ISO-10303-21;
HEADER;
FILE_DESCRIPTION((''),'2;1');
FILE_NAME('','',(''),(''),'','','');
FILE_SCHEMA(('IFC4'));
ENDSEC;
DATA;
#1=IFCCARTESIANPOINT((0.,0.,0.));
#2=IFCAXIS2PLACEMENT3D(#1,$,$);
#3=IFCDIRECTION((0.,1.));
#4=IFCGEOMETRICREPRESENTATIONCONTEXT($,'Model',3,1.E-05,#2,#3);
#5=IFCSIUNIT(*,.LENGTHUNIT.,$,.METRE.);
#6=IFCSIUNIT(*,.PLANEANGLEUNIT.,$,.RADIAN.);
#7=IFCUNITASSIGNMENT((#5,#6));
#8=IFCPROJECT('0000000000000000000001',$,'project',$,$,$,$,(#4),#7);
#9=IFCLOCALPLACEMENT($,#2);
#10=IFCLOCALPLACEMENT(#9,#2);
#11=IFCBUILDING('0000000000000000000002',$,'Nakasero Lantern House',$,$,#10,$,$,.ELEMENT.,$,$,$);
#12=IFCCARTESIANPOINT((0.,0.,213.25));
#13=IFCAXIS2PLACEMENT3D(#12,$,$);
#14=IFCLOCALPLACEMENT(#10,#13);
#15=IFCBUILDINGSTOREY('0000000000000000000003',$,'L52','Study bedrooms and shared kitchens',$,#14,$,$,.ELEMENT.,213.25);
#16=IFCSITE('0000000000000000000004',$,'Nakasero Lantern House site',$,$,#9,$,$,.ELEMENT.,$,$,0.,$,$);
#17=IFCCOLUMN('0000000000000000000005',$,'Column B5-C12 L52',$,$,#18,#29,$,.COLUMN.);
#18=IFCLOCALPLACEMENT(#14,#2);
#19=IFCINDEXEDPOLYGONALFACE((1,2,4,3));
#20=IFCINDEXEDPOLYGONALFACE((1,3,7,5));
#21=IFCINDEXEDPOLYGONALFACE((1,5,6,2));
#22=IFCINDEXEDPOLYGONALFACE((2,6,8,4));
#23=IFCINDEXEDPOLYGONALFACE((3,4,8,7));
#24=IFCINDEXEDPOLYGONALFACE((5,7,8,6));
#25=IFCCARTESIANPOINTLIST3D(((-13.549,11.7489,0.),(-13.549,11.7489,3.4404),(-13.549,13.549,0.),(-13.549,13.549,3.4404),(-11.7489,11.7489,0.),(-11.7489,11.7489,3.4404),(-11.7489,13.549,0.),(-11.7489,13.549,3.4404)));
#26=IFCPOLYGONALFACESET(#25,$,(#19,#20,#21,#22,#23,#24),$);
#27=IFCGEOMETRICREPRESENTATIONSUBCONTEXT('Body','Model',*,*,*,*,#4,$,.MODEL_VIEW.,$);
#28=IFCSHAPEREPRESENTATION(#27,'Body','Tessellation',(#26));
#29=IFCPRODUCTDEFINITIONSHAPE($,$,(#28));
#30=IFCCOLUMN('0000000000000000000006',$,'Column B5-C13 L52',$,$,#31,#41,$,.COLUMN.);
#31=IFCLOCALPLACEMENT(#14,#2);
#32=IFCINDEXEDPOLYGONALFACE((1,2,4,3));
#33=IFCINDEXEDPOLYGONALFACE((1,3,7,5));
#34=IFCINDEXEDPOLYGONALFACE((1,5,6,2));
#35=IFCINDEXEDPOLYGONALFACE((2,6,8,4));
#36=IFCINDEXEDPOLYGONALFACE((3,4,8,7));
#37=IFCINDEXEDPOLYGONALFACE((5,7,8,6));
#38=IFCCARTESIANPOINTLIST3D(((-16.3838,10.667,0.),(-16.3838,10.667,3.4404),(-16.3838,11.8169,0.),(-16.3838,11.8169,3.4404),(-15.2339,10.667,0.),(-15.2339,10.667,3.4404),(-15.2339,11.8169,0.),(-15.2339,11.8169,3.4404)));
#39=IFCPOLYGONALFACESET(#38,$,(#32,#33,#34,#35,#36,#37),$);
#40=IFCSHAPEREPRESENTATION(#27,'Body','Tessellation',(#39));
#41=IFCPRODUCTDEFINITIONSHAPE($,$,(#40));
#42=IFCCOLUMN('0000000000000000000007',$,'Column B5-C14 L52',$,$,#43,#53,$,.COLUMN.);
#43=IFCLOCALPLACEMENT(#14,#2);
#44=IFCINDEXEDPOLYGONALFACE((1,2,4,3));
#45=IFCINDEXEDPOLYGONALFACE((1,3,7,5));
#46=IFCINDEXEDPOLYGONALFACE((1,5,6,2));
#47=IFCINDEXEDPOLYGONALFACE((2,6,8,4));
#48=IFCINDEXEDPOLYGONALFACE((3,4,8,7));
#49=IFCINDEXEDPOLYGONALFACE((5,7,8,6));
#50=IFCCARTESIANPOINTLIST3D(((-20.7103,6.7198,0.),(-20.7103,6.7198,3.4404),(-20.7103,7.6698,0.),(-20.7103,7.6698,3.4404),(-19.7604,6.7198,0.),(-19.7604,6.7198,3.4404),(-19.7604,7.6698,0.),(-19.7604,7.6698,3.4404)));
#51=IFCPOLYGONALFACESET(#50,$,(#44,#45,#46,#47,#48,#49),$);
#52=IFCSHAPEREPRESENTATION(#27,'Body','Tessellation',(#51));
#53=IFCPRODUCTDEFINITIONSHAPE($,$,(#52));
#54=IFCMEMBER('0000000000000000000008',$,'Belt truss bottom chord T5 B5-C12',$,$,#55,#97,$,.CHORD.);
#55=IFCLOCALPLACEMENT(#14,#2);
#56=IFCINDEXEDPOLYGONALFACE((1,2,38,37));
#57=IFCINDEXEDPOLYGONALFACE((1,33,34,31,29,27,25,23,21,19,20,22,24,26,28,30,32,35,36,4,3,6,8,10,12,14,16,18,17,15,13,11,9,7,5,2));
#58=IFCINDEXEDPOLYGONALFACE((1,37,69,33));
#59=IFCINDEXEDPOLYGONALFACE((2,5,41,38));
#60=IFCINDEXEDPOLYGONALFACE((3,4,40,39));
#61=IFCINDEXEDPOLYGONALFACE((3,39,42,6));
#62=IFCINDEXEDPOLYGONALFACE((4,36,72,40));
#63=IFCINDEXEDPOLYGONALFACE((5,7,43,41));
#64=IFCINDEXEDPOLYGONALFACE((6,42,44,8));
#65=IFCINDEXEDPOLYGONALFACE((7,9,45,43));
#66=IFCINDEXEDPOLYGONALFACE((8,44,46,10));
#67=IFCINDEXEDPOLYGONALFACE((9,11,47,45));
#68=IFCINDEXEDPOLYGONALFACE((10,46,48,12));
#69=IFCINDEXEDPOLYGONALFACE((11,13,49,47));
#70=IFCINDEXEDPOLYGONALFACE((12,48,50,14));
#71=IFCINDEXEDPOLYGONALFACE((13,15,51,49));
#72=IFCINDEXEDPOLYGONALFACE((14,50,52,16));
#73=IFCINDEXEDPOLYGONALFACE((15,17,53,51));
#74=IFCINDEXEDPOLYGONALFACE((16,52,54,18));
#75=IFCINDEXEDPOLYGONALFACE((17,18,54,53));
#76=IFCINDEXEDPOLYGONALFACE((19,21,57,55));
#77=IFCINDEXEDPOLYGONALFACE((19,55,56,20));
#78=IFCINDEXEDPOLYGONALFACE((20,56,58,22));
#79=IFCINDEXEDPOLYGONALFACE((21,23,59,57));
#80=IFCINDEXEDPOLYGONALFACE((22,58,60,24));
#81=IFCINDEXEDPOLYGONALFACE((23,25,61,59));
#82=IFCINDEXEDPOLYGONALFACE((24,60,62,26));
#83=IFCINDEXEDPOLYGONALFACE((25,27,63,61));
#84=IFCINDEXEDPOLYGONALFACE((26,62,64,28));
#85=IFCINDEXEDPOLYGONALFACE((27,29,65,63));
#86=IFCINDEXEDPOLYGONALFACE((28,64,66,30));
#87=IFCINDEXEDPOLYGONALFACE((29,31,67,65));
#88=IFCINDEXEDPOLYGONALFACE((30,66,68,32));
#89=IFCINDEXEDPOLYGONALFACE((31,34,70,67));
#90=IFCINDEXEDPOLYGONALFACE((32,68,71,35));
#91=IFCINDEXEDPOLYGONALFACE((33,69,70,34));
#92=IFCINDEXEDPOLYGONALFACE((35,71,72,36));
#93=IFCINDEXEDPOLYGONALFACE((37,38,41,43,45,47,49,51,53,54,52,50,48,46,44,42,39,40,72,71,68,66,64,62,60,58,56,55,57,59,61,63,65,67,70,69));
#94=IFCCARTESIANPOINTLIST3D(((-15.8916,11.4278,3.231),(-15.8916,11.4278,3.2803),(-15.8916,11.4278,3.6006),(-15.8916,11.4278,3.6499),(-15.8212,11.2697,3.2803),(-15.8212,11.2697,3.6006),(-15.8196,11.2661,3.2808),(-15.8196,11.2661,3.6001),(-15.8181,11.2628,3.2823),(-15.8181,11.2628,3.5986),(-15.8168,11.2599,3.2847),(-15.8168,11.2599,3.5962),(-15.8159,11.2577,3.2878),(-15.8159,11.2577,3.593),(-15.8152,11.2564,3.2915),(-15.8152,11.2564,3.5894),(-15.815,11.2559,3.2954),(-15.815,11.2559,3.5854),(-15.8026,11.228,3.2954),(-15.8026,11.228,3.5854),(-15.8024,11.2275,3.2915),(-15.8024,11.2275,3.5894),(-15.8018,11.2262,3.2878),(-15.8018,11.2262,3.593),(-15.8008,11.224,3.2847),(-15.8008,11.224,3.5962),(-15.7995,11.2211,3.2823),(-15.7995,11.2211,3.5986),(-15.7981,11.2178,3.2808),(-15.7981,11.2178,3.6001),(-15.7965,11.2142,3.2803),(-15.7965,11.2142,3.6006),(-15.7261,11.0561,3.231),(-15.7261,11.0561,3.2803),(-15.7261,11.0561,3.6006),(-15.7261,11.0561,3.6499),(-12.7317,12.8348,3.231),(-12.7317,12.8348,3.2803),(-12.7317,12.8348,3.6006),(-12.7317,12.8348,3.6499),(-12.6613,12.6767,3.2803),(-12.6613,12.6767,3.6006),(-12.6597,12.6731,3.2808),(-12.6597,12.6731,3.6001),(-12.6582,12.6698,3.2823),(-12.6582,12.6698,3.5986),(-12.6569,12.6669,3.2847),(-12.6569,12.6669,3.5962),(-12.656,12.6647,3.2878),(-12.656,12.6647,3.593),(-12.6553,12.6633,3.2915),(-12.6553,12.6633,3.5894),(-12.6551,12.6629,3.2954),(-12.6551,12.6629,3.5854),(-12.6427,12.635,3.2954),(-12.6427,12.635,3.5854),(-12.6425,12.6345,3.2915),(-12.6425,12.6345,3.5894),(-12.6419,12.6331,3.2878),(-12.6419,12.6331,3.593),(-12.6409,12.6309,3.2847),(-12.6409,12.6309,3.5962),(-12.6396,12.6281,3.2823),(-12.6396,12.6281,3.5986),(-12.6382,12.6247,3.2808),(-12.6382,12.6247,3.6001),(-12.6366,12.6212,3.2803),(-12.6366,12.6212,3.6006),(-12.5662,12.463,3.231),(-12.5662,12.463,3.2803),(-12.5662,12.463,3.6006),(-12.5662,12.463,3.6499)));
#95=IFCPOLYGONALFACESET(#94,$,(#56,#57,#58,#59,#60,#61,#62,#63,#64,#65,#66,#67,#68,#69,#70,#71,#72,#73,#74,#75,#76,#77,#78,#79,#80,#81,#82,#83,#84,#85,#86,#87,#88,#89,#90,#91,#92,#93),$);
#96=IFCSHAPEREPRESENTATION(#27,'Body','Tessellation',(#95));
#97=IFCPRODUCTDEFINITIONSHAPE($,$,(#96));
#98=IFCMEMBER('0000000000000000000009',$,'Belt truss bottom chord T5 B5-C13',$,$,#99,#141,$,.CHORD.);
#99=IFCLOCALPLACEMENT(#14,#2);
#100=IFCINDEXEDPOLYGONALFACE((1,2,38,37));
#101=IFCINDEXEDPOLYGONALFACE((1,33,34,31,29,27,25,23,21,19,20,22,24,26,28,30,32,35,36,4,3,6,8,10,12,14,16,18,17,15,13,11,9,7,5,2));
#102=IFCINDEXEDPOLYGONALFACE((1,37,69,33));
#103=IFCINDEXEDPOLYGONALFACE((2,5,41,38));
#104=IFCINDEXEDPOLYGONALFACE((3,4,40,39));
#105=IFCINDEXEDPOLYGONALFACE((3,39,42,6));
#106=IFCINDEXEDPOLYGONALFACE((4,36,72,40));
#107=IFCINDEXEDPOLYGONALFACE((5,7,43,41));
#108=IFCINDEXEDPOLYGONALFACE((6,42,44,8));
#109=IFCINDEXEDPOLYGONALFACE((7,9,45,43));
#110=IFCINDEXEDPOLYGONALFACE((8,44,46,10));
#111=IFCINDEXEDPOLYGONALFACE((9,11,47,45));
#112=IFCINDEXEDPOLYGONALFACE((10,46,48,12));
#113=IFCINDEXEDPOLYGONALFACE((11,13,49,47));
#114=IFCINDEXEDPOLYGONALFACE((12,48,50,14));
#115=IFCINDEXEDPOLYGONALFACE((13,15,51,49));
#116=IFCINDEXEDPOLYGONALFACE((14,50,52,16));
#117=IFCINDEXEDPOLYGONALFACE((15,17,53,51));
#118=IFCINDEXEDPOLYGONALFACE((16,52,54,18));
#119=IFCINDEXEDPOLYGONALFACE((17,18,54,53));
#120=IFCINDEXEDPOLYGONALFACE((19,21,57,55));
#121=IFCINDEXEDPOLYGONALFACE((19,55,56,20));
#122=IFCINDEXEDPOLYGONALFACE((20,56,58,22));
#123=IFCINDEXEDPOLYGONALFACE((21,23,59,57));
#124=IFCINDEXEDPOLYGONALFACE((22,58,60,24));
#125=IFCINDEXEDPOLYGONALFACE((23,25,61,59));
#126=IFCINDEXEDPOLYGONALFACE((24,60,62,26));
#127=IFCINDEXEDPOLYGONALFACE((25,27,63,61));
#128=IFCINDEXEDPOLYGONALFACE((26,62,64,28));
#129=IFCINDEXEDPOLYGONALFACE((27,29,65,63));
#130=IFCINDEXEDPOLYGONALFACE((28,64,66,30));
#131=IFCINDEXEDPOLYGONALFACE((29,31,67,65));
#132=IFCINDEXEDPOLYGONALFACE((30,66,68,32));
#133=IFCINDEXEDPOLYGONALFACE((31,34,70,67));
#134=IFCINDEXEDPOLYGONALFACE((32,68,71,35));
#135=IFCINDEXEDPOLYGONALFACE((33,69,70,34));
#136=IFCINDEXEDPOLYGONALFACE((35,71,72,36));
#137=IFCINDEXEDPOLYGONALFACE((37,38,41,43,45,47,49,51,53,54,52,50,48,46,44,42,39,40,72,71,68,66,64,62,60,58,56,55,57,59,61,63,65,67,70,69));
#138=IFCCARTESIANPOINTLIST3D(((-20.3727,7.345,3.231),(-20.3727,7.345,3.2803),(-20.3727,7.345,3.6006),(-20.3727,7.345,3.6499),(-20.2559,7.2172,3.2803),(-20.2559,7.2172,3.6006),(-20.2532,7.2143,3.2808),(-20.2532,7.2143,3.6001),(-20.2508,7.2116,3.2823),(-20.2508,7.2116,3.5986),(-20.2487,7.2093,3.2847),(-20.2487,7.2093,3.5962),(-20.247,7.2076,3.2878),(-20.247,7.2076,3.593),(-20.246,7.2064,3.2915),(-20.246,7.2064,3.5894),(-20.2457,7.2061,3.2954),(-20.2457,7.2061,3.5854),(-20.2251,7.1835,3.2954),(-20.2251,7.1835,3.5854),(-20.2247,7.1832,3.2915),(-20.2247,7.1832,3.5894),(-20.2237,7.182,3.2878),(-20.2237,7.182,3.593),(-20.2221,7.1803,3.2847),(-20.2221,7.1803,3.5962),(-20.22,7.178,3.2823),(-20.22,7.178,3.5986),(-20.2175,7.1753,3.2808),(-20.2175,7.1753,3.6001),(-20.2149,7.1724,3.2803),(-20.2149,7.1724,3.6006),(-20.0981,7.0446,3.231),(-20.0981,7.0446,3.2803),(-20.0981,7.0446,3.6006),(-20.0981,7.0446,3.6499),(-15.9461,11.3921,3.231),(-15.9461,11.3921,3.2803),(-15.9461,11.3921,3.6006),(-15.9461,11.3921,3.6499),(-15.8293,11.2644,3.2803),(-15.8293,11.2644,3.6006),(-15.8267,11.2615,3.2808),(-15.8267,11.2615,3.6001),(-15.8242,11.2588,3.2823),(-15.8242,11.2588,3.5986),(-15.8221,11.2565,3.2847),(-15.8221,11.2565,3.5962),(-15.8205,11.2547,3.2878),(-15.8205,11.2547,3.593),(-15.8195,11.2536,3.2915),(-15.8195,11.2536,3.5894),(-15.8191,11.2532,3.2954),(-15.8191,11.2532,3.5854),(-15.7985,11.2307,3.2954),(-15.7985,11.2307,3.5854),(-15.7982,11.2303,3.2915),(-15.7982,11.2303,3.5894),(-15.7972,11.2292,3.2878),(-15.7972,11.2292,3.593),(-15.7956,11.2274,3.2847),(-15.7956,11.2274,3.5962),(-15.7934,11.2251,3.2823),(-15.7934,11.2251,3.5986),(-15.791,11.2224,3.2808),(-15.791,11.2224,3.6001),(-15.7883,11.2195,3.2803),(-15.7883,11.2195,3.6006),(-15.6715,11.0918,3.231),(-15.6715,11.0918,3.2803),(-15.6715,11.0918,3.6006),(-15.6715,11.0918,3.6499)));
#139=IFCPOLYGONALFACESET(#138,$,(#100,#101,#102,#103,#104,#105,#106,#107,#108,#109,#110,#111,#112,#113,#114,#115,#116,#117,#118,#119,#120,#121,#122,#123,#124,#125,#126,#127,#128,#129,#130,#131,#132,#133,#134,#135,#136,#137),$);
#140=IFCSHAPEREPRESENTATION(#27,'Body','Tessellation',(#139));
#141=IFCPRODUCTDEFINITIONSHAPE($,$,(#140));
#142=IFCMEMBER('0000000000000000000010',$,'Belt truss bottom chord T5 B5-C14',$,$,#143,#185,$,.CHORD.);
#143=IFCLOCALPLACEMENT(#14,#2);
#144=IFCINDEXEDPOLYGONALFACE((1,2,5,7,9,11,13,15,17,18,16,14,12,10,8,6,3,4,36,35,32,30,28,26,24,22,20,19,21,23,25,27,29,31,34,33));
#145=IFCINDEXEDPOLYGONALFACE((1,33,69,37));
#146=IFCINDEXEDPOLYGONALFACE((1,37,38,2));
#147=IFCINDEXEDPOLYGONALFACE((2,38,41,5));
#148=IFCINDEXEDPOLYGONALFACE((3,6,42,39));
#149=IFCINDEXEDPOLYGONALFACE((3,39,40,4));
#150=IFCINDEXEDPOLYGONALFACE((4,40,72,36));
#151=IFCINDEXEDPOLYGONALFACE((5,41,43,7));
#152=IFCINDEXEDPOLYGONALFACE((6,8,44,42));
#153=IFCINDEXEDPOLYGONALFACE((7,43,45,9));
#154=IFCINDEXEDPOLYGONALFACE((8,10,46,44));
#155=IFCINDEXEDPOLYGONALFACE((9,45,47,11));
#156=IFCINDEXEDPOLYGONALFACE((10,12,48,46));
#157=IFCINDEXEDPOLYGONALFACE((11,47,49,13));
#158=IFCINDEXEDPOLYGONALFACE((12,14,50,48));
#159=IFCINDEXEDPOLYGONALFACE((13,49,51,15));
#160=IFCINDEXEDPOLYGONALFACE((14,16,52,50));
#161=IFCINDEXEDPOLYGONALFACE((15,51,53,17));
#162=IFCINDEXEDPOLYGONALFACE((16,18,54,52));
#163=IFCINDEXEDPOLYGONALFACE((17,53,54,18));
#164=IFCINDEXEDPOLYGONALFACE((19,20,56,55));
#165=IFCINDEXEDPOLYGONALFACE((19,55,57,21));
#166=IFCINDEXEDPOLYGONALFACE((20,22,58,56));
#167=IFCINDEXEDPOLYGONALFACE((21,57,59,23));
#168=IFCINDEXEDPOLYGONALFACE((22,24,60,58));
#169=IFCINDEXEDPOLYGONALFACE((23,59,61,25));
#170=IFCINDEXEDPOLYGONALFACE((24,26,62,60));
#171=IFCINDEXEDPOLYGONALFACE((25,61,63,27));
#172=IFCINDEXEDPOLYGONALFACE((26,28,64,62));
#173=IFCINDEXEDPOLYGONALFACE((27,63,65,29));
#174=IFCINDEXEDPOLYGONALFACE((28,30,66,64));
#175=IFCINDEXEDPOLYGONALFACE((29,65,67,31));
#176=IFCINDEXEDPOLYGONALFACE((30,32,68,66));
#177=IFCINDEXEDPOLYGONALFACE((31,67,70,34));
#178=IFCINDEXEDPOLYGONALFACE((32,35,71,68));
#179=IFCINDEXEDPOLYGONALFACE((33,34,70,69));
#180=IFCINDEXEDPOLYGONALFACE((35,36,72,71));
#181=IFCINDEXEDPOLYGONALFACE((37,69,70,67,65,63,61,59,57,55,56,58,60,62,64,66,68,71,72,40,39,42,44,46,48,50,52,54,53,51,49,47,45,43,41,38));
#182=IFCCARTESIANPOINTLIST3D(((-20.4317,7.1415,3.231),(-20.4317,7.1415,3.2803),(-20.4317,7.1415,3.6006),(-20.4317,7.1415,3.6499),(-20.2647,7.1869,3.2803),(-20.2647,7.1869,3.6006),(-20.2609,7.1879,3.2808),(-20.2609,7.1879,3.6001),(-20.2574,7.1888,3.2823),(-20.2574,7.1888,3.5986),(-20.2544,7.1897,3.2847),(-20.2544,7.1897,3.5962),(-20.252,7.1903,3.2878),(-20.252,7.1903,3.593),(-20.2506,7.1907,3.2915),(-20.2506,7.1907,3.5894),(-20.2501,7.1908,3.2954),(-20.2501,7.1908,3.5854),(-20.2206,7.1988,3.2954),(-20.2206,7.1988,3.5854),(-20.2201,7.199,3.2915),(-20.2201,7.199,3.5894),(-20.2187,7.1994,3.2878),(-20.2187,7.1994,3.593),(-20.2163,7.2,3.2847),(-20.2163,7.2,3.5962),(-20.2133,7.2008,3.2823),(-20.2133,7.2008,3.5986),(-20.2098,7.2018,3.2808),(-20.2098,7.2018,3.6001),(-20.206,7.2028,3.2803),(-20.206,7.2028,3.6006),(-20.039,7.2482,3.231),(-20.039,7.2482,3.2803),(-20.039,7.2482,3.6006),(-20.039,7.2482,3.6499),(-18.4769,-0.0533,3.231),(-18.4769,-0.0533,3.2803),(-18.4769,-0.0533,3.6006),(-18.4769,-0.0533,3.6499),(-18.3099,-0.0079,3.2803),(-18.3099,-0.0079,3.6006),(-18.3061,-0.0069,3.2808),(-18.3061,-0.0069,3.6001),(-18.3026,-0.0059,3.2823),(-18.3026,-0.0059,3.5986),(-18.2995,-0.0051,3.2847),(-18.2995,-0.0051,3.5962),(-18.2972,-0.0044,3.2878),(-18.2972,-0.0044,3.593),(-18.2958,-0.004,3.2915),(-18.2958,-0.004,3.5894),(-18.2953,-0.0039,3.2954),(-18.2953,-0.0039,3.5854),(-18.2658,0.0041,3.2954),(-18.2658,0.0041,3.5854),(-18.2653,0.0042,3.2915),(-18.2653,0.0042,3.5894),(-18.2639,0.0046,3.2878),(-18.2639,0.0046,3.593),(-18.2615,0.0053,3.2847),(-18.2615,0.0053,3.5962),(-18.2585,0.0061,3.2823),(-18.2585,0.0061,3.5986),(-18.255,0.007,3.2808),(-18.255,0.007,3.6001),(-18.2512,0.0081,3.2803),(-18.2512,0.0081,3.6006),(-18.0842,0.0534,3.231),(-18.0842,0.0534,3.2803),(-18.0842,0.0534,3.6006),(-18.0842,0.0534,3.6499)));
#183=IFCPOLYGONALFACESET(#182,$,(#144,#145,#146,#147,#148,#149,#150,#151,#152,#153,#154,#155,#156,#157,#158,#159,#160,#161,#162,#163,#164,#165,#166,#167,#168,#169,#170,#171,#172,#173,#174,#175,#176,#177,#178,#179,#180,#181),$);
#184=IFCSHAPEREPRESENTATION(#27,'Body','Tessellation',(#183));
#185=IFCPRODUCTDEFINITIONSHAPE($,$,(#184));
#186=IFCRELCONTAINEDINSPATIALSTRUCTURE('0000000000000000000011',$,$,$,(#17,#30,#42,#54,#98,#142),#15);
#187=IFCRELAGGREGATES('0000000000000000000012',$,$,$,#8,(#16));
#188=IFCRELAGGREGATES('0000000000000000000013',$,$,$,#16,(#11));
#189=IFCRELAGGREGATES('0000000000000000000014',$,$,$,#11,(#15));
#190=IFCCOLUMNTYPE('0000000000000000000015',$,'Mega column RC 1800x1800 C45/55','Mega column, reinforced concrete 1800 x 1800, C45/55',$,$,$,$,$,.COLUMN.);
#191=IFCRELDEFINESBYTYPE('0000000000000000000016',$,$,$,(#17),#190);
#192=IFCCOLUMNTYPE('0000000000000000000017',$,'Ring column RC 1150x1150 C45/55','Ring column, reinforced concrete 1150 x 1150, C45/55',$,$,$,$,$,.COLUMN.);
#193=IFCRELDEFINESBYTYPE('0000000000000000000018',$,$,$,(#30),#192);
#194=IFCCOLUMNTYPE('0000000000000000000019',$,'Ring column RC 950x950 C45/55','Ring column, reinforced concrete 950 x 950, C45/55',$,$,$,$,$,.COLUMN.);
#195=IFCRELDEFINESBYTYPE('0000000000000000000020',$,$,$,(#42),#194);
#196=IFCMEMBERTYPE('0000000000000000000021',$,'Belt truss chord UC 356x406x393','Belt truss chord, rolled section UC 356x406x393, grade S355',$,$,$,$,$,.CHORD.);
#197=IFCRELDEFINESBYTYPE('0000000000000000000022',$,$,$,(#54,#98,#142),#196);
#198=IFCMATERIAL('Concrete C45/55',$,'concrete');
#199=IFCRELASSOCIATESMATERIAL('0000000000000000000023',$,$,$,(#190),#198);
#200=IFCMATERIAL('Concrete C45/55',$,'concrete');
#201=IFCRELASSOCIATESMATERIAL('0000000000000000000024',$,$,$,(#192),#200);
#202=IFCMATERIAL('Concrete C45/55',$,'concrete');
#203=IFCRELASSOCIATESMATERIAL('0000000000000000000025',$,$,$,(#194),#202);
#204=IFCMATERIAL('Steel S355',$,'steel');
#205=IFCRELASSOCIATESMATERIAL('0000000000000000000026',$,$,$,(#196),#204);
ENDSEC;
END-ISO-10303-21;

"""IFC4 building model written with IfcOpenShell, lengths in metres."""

from ifc_helpers import new_model, si_unit, direction, frame, origin, origin_2d, place, context, subcontext, project, spatial, rectangle, i_section, extrude, material, material_profile, profile_set, type_object, element, save


model = new_model("IFC4")

# Units and contexts
model_context = context("Model", 3, precision=1e-05, world=origin(), true_north=direction((0.0, 1.0)))
body_context = subcontext(model_context, "Body", "Model", "MODEL_VIEW")
ifc_project = project(units=[si_unit("LENGTHUNIT", "METRE"), si_unit("PLANEANGLEUNIT", "RADIAN")], contexts=[model_context])

# Site, building, storey
site_placement = place(None, origin())
site = spatial("IfcSite", under=ifc_project, at=site_placement, Name="Nakasero Lantern House site", CompositionType="ELEMENT", RefElevation=0.0)
building_placement = place(site_placement, origin())
building = spatial("IfcBuilding", under=site, at=building_placement, Name="Nakasero Lantern House", CompositionType="ELEMENT")
storey_placement = place(building_placement, frame((0.0, 0.0, 213.25)))
storey = spatial("IfcBuildingStorey", under=building, at=storey_placement, Name="L52", Description="Study bedrooms and shared kitchens", CompositionType="ELEMENT", Elevation=213.25)

# Columns
ifc_material_1 = material(Name="Concrete C45/55", Category="concrete")
ifc_material_profile_1 = material_profile(ifc_material_1, rectangle(XDim=1.8, YDim=1.8, at=origin_2d()), Name="RC 1800x1800")
ifc_profile_set_1 = profile_set([ifc_material_profile_1], Name="Concrete C45/55")
column_type_1 = type_object("IfcColumnType", Name="Mega column RC 1800x1800 C45/55", Description="Mega column, reinforced concrete 1800 x 1800, C45/55", PredefinedType="COLUMN", material=ifc_profile_set_1)
column_1_placement = place(storey_placement, frame((-12.6489, 12.6489, 0.0), z_axis=(0.0, 0.0, 1.0), x_axis=(1.0, 0.0, 0.0)))
element("IfcColumn", 1, at=column_1_placement, inside=storey, type_object=column_type_1, Name="Column B5-C12 L52", PredefinedType="COLUMN", context=body_context, shape_type="SweptSolid", body=[
    extrude(rectangle(XDim=1.8, YDim=1.8, at=origin_2d()), origin(), (0.0, 0.0, 1.0), 3.4404),
])
ifc_material_2 = material(Name="Concrete C45/55", Category="concrete")
ifc_material_profile_2 = material_profile(ifc_material_2, rectangle(XDim=1.1499, YDim=1.1499, at=origin_2d()), Name="RC 1150x1150")
ifc_profile_set_2 = profile_set([ifc_material_profile_2], Name="Concrete C45/55")
column_type_2 = type_object("IfcColumnType", Name="Ring column RC 1150x1150 C45/55", Description="Ring column, reinforced concrete 1150 x 1150, C45/55", PredefinedType="COLUMN", material=ifc_profile_set_2)
column_2_placement = place(storey_placement, frame((-15.8088, 11.2419, 0.0), z_axis=(0.0, 0.0, 1.0), x_axis=(1.0, 0.0, 0.0)))
element("IfcColumn", 2, at=column_2_placement, inside=storey, type_object=column_type_2, Name="Column B5-C13 L52", PredefinedType="COLUMN", context=body_context, shape_type="SweptSolid", body=[
    extrude(rectangle(XDim=1.1499, YDim=1.1499, at=origin_2d()), origin(), (0.0, 0.0, 1.0), 3.4404),
])
ifc_material_3 = material(Name="Concrete C45/55", Category="concrete")
ifc_material_profile_3 = material_profile(ifc_material_3, rectangle(XDim=0.95, YDim=0.95, at=origin_2d()), Name="RC 950x950")
ifc_profile_set_3 = profile_set([ifc_material_profile_3], Name="Concrete C45/55")
column_type_3 = type_object("IfcColumnType", Name="Ring column RC 950x950 C45/55", Description="Ring column, reinforced concrete 950 x 950, C45/55", PredefinedType="COLUMN", material=ifc_profile_set_3)
column_3_placement = place(storey_placement, frame((-20.2354, 7.1948, 0.0), z_axis=(0.0, 0.0, 1.0), x_axis=(1.0, 0.0, 0.0)))
element("IfcColumn", 3, at=column_3_placement, inside=storey, type_object=column_type_3, Name="Column B5-C14 L52", PredefinedType="COLUMN", context=body_context, shape_type="SweptSolid", body=[
    extrude(rectangle(XDim=0.95, YDim=0.95, at=origin_2d()), origin(), (0.0, 0.0, 1.0), 3.4404),
])

# Members
ifc_material_4 = material(Name="Steel S355", Category="steel")
ifc_material_profile_4 = material_profile(ifc_material_4, i_section(OverallWidth=0.407, OverallDepth=0.4189, WebThickness=0.0305, FlangeThickness=0.0493, FilletRadius=0.0151, at=origin_2d()), Name="UC 356x406x393")
ifc_profile_set_4 = profile_set([ifc_material_profile_4], Name="Steel S355")
member_type_1 = type_object("IfcMemberType", Name="Belt truss chord UC 356x406x393", Description="Belt truss chord, rolled section UC 356x406x393, grade S355", PredefinedType="CHORD", material=ifc_profile_set_4)
member_1_placement = place(storey_placement, frame((-12.6489, 12.6489, 3.4404), z_axis=(-0.913535, -0.406761, 0.0), x_axis=(0.406761, -0.913535, 0.0)))
element("IfcMember", 4, at=member_1_placement, inside=storey, type_object=member_type_1, Name="Belt truss bottom chord T5 B5-C12", PredefinedType="CHORD", context=body_context, shape_type="SweptSolid", body=[
    extrude(i_section(OverallWidth=0.407, OverallDepth=0.4189, WebThickness=0.0305, FlangeThickness=0.0493, FilletRadius=0.0151, at=origin_2d()), origin(), (0.0, 0.0, 1.0), 3.459),
])
member_2_placement = place(storey_placement, frame((-15.8088, 11.2419, 3.4404), z_axis=(-0.738027, -0.674771, 0.0), x_axis=(0.674771, -0.738027, 0.0)))
element("IfcMember", 5, at=member_2_placement, inside=storey, type_object=member_type_1, Name="Belt truss bottom chord T5 B5-C13", PredefinedType="CHORD", context=body_context, shape_type="SweptSolid", body=[
    extrude(i_section(OverallWidth=0.407, OverallDepth=0.4189, WebThickness=0.0305, FlangeThickness=0.0493, FilletRadius=0.0151, at=origin_2d()), origin(), (0.0, 0.0, 1.0), 5.9978),
])
member_3_placement = place(storey_placement, frame((-20.2354, 7.1948, 3.4404), z_axis=(0.262195, -0.965015, 0.0), x_axis=(0.965015, 0.262195, 0.0)))
element("IfcMember", 6, at=member_3_placement, inside=storey, type_object=member_type_1, Name="Belt truss bottom chord T5 B5-C14", PredefinedType="CHORD", context=body_context, shape_type="SweptSolid", body=[
    extrude(i_section(OverallWidth=0.407, OverallDepth=0.4189, WebThickness=0.0305, FlangeThickness=0.0493, FilletRadius=0.0151, at=origin_2d()), origin(), (0.0, 0.0, 1.0), 7.4556),
])

save(model, "model.ifc")
